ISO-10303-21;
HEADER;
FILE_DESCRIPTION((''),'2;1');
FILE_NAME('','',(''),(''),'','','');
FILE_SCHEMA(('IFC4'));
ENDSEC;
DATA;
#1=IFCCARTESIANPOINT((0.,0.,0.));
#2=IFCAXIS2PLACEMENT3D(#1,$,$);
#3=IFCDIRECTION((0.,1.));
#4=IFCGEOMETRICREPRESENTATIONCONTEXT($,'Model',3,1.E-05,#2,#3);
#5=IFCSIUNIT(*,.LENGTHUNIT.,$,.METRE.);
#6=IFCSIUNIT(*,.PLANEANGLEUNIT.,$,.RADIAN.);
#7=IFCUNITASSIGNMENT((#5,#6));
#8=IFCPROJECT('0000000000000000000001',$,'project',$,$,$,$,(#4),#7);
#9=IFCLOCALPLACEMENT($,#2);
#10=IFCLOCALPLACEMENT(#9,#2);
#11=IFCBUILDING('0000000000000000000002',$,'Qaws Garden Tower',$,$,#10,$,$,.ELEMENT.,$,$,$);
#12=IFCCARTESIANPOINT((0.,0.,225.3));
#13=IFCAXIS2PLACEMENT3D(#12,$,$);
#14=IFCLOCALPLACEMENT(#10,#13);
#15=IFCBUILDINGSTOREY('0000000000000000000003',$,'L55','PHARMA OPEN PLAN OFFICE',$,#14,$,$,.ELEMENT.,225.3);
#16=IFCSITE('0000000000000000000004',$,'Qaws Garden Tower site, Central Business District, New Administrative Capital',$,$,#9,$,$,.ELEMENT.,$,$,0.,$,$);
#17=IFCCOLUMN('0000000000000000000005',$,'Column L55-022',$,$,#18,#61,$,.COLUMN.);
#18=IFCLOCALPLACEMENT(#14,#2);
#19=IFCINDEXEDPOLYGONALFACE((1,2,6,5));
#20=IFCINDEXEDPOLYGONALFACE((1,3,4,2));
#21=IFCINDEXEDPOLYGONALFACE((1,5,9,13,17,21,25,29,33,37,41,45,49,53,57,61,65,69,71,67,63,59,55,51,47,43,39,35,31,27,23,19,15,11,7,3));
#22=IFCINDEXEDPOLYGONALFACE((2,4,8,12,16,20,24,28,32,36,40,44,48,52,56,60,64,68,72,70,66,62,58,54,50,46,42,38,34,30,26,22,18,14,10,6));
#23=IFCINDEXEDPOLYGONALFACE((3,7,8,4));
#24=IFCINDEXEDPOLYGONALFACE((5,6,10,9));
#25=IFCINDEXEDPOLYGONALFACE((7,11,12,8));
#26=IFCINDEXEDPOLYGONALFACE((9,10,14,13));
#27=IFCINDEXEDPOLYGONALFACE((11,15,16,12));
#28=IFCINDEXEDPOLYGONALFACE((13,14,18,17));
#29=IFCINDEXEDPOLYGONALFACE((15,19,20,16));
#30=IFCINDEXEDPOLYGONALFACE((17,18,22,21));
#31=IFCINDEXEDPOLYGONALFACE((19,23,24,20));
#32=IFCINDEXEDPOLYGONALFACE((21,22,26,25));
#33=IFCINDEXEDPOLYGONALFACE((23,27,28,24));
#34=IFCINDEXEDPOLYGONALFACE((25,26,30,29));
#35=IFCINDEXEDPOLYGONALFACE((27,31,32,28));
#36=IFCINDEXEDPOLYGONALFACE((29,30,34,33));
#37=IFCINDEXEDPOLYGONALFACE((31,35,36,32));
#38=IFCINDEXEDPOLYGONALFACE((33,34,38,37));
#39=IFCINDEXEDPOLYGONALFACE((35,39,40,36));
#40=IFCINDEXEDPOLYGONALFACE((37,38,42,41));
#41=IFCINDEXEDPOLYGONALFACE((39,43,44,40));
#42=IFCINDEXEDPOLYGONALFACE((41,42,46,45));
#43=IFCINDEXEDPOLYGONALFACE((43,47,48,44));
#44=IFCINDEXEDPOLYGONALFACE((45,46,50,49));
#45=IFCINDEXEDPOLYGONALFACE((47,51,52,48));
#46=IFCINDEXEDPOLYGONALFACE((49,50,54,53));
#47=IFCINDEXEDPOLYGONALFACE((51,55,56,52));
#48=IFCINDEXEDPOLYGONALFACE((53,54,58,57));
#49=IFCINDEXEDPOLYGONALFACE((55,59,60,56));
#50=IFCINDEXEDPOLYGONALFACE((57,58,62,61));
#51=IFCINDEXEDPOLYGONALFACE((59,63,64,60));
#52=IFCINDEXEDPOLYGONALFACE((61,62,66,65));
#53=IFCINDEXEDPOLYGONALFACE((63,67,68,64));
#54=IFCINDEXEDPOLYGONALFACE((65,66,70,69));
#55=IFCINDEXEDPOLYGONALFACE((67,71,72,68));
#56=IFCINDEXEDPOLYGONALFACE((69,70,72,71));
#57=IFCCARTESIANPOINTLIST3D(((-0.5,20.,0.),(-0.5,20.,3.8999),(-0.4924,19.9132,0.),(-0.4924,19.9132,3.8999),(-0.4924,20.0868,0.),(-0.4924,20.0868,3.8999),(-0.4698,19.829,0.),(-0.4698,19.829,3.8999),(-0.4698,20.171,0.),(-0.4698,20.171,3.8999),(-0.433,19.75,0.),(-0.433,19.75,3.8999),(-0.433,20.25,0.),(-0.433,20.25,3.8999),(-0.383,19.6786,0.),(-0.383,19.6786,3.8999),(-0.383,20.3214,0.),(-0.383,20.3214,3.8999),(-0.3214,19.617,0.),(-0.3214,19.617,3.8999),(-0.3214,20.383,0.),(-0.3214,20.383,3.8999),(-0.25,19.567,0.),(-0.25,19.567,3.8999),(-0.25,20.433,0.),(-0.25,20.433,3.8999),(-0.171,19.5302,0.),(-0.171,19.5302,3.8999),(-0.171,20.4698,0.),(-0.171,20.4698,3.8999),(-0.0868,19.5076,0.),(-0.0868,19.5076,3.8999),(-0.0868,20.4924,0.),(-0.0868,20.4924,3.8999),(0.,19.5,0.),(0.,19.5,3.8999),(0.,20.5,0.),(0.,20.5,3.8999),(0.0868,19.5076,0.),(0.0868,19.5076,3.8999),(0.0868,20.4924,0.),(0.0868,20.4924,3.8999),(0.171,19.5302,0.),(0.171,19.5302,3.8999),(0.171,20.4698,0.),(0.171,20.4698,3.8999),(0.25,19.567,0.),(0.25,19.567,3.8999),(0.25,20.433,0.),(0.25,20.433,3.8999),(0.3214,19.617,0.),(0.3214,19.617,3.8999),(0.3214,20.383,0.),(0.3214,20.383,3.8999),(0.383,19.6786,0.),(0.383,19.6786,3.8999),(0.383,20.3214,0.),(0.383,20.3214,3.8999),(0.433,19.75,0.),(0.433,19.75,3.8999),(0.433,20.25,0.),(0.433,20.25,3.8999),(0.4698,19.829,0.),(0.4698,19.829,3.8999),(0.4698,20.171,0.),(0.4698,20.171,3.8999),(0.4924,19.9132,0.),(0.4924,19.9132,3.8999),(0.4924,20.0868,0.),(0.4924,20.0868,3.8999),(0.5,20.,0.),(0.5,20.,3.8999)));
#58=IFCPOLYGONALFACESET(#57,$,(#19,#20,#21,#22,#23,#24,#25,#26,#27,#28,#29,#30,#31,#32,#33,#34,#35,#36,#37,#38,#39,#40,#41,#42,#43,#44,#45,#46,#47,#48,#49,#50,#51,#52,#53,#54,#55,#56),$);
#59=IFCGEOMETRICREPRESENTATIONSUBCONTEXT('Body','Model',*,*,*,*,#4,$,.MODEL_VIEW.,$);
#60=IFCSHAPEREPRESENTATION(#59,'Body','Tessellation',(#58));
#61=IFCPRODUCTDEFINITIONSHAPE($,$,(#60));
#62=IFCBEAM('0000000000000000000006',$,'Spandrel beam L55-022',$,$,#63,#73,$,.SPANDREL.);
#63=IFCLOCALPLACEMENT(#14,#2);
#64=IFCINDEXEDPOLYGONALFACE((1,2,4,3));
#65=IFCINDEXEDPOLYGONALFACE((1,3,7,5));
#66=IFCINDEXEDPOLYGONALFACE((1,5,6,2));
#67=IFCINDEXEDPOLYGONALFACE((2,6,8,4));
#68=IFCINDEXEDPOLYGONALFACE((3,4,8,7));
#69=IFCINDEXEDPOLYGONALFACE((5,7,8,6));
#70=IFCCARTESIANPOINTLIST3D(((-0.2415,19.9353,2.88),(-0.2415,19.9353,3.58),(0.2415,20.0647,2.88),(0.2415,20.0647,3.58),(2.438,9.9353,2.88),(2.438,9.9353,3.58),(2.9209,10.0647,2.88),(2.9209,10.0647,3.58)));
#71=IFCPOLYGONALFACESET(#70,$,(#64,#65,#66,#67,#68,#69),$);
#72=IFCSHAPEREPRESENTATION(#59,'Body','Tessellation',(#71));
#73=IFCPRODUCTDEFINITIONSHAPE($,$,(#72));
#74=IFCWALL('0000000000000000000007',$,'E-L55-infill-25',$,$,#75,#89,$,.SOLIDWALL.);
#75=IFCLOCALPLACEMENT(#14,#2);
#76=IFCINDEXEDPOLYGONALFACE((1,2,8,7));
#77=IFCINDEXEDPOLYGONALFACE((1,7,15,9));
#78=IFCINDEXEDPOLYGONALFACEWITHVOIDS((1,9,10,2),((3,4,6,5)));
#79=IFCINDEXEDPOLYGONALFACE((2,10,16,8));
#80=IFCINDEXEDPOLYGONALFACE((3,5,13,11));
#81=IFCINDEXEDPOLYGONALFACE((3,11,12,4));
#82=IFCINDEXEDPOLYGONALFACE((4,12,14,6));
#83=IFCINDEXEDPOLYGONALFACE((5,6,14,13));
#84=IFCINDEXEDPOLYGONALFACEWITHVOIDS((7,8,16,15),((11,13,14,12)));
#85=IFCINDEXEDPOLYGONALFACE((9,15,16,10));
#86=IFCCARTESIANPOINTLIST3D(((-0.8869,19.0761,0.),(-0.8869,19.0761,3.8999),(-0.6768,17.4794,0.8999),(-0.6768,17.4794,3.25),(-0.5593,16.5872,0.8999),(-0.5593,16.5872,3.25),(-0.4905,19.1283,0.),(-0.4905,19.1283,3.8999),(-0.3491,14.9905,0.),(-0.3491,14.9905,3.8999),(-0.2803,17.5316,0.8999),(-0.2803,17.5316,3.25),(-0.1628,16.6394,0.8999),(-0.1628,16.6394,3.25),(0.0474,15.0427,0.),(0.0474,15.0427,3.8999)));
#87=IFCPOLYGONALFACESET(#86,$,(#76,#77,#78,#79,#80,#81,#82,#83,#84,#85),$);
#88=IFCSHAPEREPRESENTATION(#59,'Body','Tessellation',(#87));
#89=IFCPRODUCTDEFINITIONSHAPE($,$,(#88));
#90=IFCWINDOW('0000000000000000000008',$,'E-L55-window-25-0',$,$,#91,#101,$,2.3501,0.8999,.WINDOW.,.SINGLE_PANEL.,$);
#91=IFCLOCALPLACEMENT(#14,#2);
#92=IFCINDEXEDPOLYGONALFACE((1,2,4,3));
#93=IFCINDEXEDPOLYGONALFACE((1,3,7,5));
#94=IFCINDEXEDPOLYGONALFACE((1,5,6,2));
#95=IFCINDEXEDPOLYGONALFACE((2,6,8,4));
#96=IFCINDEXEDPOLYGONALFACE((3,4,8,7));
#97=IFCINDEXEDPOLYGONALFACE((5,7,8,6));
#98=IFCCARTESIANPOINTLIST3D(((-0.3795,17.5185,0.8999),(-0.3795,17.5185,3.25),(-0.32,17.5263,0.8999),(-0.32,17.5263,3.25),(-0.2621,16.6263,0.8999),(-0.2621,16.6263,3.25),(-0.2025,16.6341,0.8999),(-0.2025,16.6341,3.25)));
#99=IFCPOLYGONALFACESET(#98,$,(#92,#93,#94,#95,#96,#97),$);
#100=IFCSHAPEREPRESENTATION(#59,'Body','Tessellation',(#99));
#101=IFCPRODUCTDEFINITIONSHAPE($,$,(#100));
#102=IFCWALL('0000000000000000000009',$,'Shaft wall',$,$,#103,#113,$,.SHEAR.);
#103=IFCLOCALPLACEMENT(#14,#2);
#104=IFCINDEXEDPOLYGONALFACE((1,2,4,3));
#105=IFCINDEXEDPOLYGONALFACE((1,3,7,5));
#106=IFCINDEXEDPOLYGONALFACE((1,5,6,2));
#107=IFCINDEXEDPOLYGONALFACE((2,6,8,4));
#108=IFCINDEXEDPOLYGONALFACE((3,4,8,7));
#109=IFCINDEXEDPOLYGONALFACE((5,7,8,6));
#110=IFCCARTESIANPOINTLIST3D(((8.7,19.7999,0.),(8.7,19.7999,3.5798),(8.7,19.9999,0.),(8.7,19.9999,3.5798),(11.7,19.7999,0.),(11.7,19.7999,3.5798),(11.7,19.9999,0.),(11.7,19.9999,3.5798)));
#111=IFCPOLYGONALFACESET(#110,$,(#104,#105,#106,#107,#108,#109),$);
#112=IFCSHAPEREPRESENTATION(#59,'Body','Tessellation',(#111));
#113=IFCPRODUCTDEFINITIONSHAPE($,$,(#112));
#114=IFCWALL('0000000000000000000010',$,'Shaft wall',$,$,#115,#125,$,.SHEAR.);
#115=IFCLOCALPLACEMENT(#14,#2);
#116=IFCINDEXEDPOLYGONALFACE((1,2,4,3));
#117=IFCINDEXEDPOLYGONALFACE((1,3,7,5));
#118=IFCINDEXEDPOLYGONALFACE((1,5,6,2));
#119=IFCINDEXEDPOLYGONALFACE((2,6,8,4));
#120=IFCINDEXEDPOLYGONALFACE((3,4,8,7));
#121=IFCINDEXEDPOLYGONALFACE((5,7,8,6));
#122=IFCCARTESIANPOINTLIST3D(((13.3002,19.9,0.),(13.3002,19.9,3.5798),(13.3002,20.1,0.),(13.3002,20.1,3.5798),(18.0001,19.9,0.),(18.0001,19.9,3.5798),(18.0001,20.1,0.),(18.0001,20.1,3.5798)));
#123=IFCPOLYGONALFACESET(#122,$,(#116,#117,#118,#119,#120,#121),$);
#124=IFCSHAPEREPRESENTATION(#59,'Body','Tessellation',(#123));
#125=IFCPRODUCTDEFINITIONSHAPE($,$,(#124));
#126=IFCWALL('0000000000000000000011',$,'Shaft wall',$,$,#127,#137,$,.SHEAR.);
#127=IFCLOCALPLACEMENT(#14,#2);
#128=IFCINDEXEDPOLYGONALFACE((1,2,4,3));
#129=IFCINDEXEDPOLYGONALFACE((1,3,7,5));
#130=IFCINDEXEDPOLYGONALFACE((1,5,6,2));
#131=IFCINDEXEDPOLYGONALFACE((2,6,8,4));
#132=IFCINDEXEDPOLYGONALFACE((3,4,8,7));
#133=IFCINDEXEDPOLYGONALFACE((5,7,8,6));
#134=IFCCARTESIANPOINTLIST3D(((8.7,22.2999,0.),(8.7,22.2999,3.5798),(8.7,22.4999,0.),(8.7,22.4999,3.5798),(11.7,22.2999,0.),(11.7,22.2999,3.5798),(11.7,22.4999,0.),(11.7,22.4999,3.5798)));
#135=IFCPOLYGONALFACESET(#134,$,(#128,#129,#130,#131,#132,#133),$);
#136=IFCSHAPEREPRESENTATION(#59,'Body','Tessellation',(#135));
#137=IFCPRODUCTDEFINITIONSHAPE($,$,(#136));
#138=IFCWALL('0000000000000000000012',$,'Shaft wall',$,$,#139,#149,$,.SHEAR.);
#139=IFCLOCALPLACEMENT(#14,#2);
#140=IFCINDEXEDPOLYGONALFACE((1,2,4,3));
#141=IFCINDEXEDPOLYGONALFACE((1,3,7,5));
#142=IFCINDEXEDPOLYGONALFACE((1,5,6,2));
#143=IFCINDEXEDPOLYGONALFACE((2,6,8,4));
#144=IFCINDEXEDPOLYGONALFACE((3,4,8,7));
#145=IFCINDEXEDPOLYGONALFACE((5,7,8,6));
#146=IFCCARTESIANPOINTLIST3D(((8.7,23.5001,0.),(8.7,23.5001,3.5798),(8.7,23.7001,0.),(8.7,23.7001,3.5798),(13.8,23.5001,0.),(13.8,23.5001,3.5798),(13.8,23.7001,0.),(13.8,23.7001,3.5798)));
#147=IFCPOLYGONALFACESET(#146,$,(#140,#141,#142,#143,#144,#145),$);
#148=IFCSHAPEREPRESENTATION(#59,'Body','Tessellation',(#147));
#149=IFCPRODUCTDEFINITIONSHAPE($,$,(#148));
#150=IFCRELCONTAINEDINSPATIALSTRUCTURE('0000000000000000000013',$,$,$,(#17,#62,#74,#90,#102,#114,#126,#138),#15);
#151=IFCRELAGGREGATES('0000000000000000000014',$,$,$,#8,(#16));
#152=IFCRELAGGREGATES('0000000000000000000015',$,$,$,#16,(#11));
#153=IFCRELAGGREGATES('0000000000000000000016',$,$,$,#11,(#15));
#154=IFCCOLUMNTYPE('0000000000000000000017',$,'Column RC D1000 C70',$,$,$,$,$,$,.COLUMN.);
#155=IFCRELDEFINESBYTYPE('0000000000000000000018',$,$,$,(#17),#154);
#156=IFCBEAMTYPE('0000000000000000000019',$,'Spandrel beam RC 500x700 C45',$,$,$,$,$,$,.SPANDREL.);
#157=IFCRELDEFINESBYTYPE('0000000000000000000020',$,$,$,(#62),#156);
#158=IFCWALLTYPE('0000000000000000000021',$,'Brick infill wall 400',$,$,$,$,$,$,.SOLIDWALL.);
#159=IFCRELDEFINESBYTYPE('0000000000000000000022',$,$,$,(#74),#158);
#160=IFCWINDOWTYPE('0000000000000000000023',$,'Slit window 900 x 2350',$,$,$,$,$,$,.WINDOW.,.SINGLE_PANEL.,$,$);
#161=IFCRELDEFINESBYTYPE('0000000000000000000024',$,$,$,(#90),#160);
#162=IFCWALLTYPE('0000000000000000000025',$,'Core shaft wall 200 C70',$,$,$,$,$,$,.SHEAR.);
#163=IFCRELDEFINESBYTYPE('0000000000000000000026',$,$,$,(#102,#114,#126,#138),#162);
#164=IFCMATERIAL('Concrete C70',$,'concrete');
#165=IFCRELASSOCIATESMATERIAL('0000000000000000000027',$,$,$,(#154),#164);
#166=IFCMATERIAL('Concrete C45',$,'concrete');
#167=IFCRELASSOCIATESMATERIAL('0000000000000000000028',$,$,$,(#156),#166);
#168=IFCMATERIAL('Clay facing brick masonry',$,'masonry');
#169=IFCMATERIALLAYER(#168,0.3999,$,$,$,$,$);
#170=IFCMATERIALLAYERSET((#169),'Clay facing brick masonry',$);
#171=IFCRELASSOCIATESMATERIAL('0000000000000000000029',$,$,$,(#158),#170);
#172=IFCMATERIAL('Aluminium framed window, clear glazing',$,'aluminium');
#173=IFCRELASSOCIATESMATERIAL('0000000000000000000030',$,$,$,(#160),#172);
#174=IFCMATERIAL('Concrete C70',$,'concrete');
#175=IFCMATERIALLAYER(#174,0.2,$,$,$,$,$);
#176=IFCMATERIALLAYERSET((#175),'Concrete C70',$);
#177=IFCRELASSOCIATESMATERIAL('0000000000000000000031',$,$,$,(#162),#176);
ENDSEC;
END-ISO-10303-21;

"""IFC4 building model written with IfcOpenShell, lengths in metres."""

from ifc_helpers import new_model, si_unit, direction, frame, frame_2d, origin, origin_2d, place, context, subcontext, project, spatial, rectangle, circle, extrude, material, layer, layer_set, material_profile, profile_set, type_object, element, fill, save


model = new_model("IFC4")

# Units and contexts
model_context = context("Model", 3, precision=1e-05, world=origin(), true_north=direction((0.0, 1.0)))
body_context = subcontext(model_context, "Body", "Model", "MODEL_VIEW")
ifc_project = project(units=[si_unit("LENGTHUNIT", "METRE"), si_unit("PLANEANGLEUNIT", "RADIAN")], contexts=[model_context])

# Site, building, storey
site_placement = place(None, origin())
site = spatial("IfcSite", under=ifc_project, at=site_placement, Name="Qaws Garden Tower site, Central Business District, New Administrative Capital", CompositionType="ELEMENT", RefElevation=0.0)
building_placement = place(site_placement, origin())
building = spatial("IfcBuilding", under=site, at=building_placement, Name="Qaws Garden Tower", CompositionType="ELEMENT")
storey_placement = place(building_placement, frame((0.0, 0.0, 225.3)))
storey = spatial("IfcBuildingStorey", under=building, at=storey_placement, Name="L55", Description="PHARMA OPEN PLAN OFFICE", CompositionType="ELEMENT", Elevation=225.3)

# Column
ifc_material_1 = material(Name="Concrete C70", Category="concrete")
ifc_material_profile_1 = material_profile(ifc_material_1, circle(Radius=0.5, at=origin_2d()), Name="RC D1000")
ifc_profile_set_1 = profile_set([ifc_material_profile_1], Name="Concrete C70")
column_type = type_object("IfcColumnType", Name="Column RC D1000 C70", PredefinedType="COLUMN", material=ifc_profile_set_1)
column_placement = place(storey_placement, frame((0.0, 20.0, 0.0), z_axis=(0.0, 0.0, 1.0), x_axis=(1.0, 0.0, 0.0)))
element("IfcColumn", 1, at=column_placement, inside=storey, type_object=column_type, Name="Column L55-022", PredefinedType="COLUMN", context=body_context, shape_type="SweptSolid", body=[
    extrude(circle(Radius=0.5, at=origin_2d()), origin(), (0.0, 0.0, 1.0), 3.8999),
])

# Beam
ifc_material_2 = material(Name="Concrete C45", Category="concrete")
ifc_material_profile_2 = material_profile(ifc_material_2, rectangle(XDim=0.5, YDim=0.7, at=origin_2d()), Name="RC 500x700")
ifc_profile_set_2 = profile_set([ifc_material_profile_2], Name="Concrete C45")
beam_type = type_object("IfcBeamType", Name="Spandrel beam RC 500x700 C45", PredefinedType="SPANDREL", material=ifc_profile_set_2)
beam_placement = place(storey_placement, frame((0.0, 20.0, 3.23), z_axis=(0.258815, -0.965927, 0.0), x_axis=(0.965927, 0.258815, 0.0)))
element("IfcBeam", 2, at=beam_placement, inside=storey, type_object=beam_type, Name="Spandrel beam L55-022", PredefinedType="SPANDREL", context=body_context, shape_type="SweptSolid", body=[
    extrude(rectangle(XDim=0.5, YDim=0.7, at=origin_2d()), origin(), (0.0, 0.0, 1.0), 10.3528),
])

# Wall, opening, window
ifc_material_3 = material(Name="Clay facing brick masonry", Category="masonry")
ifc_layer_1 = layer(ifc_material_3, 0.3999)
ifc_layer_set_1 = layer_set([ifc_layer_1], Name="Clay facing brick masonry")
wall_type_1 = type_object("IfcWallType", Name="Brick infill wall 400", PredefinedType="SOLIDWALL", material=ifc_layer_set_1)
wall_1_placement = place(storey_placement, frame((-0.6887, 19.1023, 0.0), z_axis=(0.0, 0.0, 1.0), x_axis=(0.130514, -0.991446, 0.0)))
wall_1 = element("IfcWall", 3, at=wall_1_placement, inside=storey, type_object=wall_type_1, Name="E-L55-infill-25", PredefinedType="SOLIDWALL", context=body_context, shape_type="SweptSolid", body=[
    extrude(rectangle(XDim=4.1208, YDim=0.3999, at=frame_2d((2.0605, 0.0))), origin(), (0.0, 0.0, 1.0), 3.8999),
])
opening_1_placement = place(wall_1_placement, frame((1.6106, 0.0, 0.8999)))
opening_1 = element("IfcOpeningElement", 4, at=opening_1_placement, cuts=wall_1, PredefinedType="OPENING", context=body_context, shape_type="SweptSolid", body=[
    extrude(rectangle(XDim=0.8999, YDim=2.3501, at=frame_2d((0.45, 1.175))), frame((0.0, 0.21, 0.0), z_axis=(0.0, -1.0, 0.0), x_axis=(1.0, 0.0, 0.0)), (0.0, 0.0, 1.0), 0.4199),
])
ifc_material_4 = material(Name="Aluminium framed window, clear glazing", Category="aluminium")
window_type = type_object("IfcWindowType", Name="Slit window 900 x 2350", PartitioningType="SINGLE_PANEL", PredefinedType="WINDOW", material=ifc_material_4)
window_placement = place(opening_1_placement, origin())
window = element("IfcWindow", 5, at=window_placement, inside=storey, type_object=window_type, Name="E-L55-window-25-0", OverallHeight=2.3501, OverallWidth=0.8999, PartitioningType="SINGLE_PANEL", PredefinedType="WINDOW", context=body_context, shape_type="SweptSolid", body=[
    extrude(rectangle(XDim=0.8999, YDim=2.3501, at=frame_2d((0.45, 1.175))), frame((0.0, 0.1599, 0.0), z_axis=(0.0, -1.0, 0.0), x_axis=(1.0, 0.0, 0.0)), (0.0, 0.0, 1.0), 0.0601),
])
fill(opening_1, window)

# Walls
ifc_material_5 = material(Name="Concrete C70", Category="concrete")
ifc_layer_2 = layer(ifc_material_5, 0.2)
ifc_layer_set_2 = layer_set([ifc_layer_2], Name="Concrete C70")
wall_type_2 = type_object("IfcWallType", Name="Core shaft wall 200 C70", PredefinedType="SHEAR", material=ifc_layer_set_2)
wall_2_placement = place(storey_placement, frame((8.7, 19.8999, 0.0), z_axis=(0.0, 0.0, 1.0), x_axis=(1.0, 0.0, 0.0)))
element("IfcWall", 6, at=wall_2_placement, inside=storey, type_object=wall_type_2, Name="Shaft wall", PredefinedType="SHEAR", context=body_context, shape_type="SweptSolid", body=[
    extrude(rectangle(XDim=3.0, YDim=0.2, at=frame_2d((1.5, 0.0))), origin(), (0.0, 0.0, 1.0), 3.5798),
])
wall_3_placement = place(storey_placement, frame((13.3, 20.0, 0.0), z_axis=(0.0, 0.0, 1.0), x_axis=(1.0, 0.0, 0.0)))
element("IfcWall", 7, at=wall_3_placement, inside=storey, type_object=wall_type_2, Name="Shaft wall", PredefinedType="SHEAR", context=body_context, shape_type="SweptSolid", body=[
    extrude(rectangle(XDim=4.7, YDim=0.2, at=frame_2d((2.3501, 0.0))), origin(), (0.0, 0.0, 1.0), 3.5798),
])
wall_4_placement = place(storey_placement, frame((8.7, 22.3999, 0.0), z_axis=(0.0, 0.0, 1.0), x_axis=(1.0, 0.0, 0.0)))
element("IfcWall", 8, at=wall_4_placement, inside=storey, type_object=wall_type_2, Name="Shaft wall", PredefinedType="SHEAR", context=body_context, shape_type="SweptSolid", body=[
    extrude(rectangle(XDim=3.0, YDim=0.2, at=frame_2d((1.5, 0.0))), origin(), (0.0, 0.0, 1.0), 3.5798),
])
wall_5_placement = place(storey_placement, frame((8.7, 23.6001, 0.0), z_axis=(0.0, 0.0, 1.0), x_axis=(1.0, 0.0, 0.0)))
element("IfcWall", 9, at=wall_5_placement, inside=storey, type_object=wall_type_2, Name="Shaft wall", PredefinedType="SHEAR", context=body_context, shape_type="SweptSolid", body=[
    extrude(rectangle(XDim=5.1001, YDim=0.2, at=frame_2d((2.55, 0.0))), origin(), (0.0, 0.0, 1.0), 3.5798),
])

save(model, "model.ifc")
